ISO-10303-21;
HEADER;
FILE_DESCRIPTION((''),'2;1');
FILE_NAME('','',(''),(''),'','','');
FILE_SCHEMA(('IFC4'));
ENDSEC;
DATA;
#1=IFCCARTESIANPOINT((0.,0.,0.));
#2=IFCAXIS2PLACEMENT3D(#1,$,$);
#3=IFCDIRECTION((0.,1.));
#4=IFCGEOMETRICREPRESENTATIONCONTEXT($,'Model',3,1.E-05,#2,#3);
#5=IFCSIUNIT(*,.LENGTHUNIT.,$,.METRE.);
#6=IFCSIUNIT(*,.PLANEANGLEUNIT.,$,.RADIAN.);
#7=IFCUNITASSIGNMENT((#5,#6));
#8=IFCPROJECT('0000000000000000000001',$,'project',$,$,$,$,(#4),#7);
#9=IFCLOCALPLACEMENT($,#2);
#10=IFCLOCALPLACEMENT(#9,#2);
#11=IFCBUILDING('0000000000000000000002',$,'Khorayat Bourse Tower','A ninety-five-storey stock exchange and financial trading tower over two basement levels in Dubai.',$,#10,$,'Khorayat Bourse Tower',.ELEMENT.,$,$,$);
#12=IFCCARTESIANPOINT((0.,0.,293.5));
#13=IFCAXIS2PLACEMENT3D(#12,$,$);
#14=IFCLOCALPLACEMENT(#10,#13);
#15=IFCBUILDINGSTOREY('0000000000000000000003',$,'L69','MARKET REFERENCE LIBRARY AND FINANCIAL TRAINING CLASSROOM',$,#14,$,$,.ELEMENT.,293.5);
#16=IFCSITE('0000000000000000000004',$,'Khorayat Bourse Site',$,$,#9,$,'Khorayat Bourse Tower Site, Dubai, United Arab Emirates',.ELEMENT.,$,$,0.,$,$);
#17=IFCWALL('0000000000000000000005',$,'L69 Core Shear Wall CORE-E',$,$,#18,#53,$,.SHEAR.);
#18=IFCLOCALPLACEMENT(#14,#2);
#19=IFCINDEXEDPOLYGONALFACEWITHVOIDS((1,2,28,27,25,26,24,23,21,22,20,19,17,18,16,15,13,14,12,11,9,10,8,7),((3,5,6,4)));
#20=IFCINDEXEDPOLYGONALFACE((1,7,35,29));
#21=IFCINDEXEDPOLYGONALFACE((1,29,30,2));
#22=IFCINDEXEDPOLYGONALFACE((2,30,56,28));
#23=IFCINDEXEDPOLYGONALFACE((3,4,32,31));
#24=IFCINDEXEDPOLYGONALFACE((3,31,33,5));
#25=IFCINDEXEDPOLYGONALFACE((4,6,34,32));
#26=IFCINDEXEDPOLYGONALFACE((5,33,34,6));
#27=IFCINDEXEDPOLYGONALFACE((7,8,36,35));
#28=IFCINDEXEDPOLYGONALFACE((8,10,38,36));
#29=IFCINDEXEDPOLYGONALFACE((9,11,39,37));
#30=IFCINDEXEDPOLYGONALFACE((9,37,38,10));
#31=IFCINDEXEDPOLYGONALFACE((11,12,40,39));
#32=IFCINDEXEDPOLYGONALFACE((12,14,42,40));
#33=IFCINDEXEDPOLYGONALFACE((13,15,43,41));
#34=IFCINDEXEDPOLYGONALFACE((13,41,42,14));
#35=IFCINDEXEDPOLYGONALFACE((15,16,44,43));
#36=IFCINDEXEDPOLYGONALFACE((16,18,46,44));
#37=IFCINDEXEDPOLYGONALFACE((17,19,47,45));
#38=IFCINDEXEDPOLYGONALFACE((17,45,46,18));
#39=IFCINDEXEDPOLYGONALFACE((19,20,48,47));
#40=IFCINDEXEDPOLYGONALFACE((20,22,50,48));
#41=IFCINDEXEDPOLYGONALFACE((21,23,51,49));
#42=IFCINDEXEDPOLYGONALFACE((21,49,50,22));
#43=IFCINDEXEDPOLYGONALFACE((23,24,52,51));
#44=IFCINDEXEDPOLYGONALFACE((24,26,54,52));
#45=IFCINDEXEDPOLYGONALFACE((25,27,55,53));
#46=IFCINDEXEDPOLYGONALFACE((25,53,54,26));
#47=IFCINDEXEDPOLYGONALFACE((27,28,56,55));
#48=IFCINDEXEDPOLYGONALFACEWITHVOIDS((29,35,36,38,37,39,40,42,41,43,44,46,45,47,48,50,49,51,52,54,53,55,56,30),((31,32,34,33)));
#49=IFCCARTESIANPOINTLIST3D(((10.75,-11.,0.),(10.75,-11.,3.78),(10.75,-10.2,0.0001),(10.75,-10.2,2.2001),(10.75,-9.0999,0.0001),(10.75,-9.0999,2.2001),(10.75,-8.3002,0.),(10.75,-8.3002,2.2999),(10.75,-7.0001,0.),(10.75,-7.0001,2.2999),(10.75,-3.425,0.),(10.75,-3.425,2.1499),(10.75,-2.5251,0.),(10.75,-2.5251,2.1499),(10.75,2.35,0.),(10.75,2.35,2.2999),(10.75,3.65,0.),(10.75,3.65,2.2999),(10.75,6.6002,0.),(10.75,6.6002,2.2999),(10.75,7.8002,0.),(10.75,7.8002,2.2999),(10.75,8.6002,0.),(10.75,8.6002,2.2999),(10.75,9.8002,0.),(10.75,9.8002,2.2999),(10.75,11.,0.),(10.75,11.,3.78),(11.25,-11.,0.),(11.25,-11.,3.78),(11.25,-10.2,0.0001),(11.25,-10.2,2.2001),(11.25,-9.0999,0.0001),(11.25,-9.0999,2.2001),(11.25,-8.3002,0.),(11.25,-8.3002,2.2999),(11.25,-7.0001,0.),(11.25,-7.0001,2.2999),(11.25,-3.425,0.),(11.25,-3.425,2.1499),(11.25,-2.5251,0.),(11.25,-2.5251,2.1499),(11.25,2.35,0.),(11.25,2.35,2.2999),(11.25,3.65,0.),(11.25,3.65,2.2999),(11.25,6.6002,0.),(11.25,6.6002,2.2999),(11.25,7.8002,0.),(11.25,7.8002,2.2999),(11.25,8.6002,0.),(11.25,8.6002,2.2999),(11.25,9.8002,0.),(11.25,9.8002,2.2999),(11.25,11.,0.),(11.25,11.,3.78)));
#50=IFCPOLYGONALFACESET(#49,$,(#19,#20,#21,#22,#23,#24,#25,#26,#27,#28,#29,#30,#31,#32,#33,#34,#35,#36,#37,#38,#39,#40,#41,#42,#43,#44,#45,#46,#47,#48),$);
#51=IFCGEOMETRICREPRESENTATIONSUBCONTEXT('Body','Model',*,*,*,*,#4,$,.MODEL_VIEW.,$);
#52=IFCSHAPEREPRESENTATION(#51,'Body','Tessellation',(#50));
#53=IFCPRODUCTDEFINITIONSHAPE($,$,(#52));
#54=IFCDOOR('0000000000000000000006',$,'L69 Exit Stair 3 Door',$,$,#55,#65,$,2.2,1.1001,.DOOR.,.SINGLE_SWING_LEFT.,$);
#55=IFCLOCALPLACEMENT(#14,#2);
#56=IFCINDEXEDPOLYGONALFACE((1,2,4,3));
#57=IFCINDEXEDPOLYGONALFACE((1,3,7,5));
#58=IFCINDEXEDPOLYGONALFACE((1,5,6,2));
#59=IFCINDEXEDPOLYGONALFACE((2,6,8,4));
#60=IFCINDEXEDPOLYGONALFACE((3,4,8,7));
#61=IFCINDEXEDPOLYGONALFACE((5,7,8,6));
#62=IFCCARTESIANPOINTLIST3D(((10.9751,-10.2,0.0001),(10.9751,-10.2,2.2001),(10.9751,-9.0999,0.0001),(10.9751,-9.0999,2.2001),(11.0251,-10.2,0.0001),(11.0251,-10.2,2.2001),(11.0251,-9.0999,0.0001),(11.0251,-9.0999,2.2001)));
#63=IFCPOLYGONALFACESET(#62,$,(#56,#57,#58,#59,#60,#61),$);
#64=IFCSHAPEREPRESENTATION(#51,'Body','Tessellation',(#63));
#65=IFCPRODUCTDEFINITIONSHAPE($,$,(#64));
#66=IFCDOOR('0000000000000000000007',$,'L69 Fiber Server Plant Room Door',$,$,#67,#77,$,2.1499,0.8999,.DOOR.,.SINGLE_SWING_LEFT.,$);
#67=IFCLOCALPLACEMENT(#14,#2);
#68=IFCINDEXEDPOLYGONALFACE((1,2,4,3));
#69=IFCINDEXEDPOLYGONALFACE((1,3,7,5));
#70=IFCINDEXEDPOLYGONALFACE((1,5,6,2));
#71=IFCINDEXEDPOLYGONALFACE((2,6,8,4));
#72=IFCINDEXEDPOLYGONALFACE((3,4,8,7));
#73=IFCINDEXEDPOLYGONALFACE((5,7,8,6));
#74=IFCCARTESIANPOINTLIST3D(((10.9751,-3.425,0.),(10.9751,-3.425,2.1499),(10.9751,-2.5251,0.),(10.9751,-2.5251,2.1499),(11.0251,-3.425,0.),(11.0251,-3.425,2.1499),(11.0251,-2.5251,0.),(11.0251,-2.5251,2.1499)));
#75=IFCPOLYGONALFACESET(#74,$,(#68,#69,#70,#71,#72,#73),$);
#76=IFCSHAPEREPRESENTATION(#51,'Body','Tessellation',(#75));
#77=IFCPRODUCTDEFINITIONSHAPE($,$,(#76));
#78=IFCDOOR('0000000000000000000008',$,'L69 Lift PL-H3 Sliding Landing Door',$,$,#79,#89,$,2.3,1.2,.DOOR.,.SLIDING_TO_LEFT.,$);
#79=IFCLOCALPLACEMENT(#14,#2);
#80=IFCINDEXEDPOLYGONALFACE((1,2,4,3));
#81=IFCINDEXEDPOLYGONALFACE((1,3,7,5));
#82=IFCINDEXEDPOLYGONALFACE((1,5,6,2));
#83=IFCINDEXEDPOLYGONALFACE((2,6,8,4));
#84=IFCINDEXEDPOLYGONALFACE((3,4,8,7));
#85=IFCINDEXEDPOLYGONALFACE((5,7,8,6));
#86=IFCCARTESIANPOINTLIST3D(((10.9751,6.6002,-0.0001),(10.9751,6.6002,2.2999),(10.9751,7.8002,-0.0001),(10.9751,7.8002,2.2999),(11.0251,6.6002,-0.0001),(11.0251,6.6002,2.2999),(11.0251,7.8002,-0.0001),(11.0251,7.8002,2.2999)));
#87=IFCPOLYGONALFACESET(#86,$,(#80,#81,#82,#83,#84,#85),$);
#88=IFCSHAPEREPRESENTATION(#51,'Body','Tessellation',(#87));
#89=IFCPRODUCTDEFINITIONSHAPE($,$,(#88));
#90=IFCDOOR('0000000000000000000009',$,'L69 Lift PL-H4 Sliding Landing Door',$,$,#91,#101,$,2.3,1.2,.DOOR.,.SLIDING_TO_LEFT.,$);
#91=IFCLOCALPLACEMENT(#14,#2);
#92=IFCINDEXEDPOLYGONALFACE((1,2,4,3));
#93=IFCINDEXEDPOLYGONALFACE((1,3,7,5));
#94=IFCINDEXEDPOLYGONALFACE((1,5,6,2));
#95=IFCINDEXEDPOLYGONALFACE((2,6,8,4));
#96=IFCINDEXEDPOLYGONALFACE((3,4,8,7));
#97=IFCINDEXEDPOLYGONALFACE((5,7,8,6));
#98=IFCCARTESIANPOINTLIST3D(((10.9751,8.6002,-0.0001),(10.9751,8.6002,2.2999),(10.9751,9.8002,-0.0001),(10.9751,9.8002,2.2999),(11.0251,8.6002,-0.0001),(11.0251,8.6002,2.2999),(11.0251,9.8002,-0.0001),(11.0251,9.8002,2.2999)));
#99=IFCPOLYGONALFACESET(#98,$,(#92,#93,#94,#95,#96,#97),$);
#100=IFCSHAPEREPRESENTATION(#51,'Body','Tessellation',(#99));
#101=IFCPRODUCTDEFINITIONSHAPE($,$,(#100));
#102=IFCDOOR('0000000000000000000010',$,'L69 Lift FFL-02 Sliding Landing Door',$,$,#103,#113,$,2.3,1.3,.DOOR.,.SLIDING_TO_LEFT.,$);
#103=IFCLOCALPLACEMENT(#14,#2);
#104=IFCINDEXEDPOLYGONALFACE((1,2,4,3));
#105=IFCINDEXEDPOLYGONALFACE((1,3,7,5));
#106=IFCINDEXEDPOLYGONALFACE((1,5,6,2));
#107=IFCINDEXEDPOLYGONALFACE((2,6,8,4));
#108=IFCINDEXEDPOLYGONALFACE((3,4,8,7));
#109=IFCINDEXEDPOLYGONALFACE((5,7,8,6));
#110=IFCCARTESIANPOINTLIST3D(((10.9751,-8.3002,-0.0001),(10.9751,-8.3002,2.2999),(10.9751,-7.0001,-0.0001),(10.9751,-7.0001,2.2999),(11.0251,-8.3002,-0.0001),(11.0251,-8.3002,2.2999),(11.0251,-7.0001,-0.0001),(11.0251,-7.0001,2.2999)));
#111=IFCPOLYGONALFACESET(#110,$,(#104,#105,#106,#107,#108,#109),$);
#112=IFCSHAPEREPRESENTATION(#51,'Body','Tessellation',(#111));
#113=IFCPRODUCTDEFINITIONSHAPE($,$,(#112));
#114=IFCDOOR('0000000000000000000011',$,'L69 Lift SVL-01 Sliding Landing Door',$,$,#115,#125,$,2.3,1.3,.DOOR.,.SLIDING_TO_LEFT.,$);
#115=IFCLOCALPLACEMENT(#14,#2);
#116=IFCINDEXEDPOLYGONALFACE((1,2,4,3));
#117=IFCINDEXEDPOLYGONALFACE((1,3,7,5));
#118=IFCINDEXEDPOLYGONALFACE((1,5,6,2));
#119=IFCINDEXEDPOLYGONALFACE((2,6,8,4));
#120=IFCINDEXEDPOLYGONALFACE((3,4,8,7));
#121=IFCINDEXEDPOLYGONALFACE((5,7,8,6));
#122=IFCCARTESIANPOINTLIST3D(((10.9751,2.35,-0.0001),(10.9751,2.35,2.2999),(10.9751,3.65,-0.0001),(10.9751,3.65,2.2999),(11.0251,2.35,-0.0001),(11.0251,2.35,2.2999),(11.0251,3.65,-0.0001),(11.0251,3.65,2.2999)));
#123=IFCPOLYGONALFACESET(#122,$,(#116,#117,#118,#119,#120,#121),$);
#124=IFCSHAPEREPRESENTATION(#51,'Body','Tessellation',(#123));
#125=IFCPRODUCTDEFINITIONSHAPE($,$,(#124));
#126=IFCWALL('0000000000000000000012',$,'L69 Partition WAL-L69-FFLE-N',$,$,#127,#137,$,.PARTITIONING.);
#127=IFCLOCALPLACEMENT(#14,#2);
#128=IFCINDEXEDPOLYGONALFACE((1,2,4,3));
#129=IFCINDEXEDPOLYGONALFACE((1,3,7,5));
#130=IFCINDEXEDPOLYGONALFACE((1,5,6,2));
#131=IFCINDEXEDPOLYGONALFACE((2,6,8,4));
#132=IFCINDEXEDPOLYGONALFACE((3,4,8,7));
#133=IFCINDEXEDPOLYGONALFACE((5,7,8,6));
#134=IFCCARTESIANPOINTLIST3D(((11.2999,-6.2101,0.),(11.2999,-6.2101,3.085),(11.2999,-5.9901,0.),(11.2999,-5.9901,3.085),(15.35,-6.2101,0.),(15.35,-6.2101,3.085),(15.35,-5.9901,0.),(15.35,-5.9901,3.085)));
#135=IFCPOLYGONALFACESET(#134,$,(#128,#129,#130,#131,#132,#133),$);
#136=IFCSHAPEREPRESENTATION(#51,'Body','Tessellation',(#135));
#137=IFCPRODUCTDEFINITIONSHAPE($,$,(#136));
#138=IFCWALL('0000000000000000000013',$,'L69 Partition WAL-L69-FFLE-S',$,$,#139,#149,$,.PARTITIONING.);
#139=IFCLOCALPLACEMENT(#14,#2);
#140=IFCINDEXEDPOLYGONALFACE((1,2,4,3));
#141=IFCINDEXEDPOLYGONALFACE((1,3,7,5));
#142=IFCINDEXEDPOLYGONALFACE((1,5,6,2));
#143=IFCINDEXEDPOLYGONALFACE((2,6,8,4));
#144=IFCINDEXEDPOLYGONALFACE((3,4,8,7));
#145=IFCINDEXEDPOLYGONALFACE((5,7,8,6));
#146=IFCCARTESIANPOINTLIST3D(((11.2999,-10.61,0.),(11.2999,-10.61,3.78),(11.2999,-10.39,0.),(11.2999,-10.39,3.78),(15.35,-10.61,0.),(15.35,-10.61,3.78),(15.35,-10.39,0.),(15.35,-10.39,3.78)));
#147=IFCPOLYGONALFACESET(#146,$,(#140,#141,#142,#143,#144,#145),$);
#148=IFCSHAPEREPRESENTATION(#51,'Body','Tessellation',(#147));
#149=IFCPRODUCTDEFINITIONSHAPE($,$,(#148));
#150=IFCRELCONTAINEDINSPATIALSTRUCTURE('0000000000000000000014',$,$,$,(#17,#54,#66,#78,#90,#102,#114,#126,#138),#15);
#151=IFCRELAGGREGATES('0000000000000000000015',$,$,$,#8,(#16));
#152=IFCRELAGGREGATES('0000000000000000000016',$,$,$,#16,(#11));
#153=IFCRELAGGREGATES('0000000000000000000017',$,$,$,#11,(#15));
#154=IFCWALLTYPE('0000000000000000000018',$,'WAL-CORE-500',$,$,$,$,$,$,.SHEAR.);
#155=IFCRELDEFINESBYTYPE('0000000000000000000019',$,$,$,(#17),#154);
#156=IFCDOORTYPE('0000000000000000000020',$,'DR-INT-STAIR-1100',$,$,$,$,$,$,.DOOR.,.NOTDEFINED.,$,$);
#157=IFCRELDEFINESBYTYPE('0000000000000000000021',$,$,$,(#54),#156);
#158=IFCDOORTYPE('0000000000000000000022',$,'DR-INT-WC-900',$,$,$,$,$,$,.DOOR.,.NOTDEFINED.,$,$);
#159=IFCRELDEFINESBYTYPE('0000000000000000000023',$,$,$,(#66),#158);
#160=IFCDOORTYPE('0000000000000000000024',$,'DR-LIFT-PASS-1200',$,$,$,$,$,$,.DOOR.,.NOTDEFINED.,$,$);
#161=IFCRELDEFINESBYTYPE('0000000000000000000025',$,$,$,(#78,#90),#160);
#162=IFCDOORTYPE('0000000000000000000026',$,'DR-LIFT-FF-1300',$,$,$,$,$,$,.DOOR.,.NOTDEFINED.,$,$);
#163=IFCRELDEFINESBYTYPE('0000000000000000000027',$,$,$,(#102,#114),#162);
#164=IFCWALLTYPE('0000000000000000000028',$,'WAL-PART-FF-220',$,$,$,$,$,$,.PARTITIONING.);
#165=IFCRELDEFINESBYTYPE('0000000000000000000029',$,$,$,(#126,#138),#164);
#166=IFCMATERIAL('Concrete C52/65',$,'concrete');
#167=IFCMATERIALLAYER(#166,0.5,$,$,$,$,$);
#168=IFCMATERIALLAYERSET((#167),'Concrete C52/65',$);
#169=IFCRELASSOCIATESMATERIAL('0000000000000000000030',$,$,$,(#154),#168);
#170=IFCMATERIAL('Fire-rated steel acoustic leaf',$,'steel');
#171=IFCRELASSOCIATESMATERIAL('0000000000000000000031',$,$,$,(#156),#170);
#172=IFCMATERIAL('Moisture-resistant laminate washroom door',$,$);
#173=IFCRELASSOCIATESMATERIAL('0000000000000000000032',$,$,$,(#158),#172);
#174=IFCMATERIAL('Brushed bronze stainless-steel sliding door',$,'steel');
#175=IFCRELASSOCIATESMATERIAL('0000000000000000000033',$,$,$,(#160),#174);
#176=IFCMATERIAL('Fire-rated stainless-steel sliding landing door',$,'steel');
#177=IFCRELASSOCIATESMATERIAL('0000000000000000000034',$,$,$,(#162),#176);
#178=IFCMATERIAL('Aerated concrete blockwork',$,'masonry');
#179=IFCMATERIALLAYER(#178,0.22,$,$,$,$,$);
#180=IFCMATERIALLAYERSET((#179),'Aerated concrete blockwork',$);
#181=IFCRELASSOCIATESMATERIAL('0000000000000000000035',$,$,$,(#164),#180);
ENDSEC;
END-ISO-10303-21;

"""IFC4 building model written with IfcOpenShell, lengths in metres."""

from ifc_helpers import new_model, si_unit, direction, frame, frame_2d, origin, place, context, subcontext, project, spatial, rectangle, extrude, source, transform, mapped, material, layer, layer_set, type_object, element, fill, save


model = new_model("IFC4")

# Units and contexts
model_context = context("Model", 3, precision=1e-05, world=origin(), true_north=direction((0.0, 1.0)))
body_context = subcontext(model_context, "Body", "Model", "MODEL_VIEW")
ifc_project = project(units=[si_unit("LENGTHUNIT", "METRE"), si_unit("PLANEANGLEUNIT", "RADIAN")], contexts=[model_context])

# Site, building, storey
site_placement = place(None, origin())
site = spatial("IfcSite", under=ifc_project, at=site_placement, Name="Khorayat Bourse Site", LongName="Khorayat Bourse Tower Site, Dubai, United Arab Emirates", CompositionType="ELEMENT", RefElevation=0.0)
building_placement = place(site_placement, origin())
building = spatial("IfcBuilding", under=site, at=building_placement, Name="Khorayat Bourse Tower", Description="A ninety-five-storey stock exchange and financial trading tower over two basement levels in Dubai.", LongName="Khorayat Bourse Tower", CompositionType="ELEMENT")
storey_placement = place(building_placement, frame((0.0, 0.0, 293.5)))
storey = spatial("IfcBuildingStorey", under=building, at=storey_placement, Name="L69", Description="MARKET REFERENCE LIBRARY AND FINANCIAL TRAINING CLASSROOM", CompositionType="ELEMENT", Elevation=293.5)

# Shared definitions
ifc_material_1 = material(Name="Concrete C52/65", Category="concrete")

# Wall, openings, doors
ifc_layer_1 = layer(ifc_material_1, 0.5)
ifc_layer_set_1 = layer_set([ifc_layer_1], Name="Concrete C52/65")
wall_type_1 = type_object("IfcWallType", Name="WAL-CORE-500", PredefinedType="SHEAR", material=ifc_layer_set_1)
shared_shape_1 = source(origin(), body_context, "Body", "SweptSolid", [
    extrude(rectangle(XDim=22.0, YDim=0.5, at=frame_2d((11.0, 0.0))), origin(), (0.0, 0.0, 1.0), 3.78),
])
wall_1_placement = place(storey_placement, frame((11.0, -11.0, 0.0), z_axis=(0.0, 0.0, 1.0), x_axis=(0.0, 1.0, 0.0)))
wall_1 = element("IfcWall", 1, at=wall_1_placement, inside=storey, type_object=wall_type_1, Name="L69 Core Shear Wall CORE-E", PredefinedType="SHEAR", context=body_context, shape_type="MappedRepresentation", body=[
    mapped(shared_shape_1, transform((0.0, 0.0, 0.0), scale=1.0)),
])
shared_shape_2 = source(origin(), body_context, "Body", "SweptSolid", [
    extrude(rectangle(XDim=1.1001, YDim=2.2, at=frame_2d((0.55, 1.1001))), frame((0.0, 0.26, 0.0), z_axis=(0.0, -1.0, 0.0), x_axis=(1.0, 0.0, 0.0)), (0.0, 0.0, 1.0), 0.52),
])
opening_1_placement = place(wall_1_placement, frame((0.8, 0.0, 0.0)))
opening_1 = element("IfcOpeningElement", 2, at=opening_1_placement, cuts=wall_1, PredefinedType="OPENING", context=body_context, shape_type="MappedRepresentation", body=[
    mapped(shared_shape_2, transform((0.0, 0.0, 0.0), scale=1.0)),
])
shared_shape_3 = source(origin(), body_context, "Body", "SweptSolid", [
    extrude(rectangle(XDim=0.8999, YDim=2.1499, at=frame_2d((0.45, 1.075))), frame((0.0, 0.26, 0.0), z_axis=(0.0, -1.0, 0.0), x_axis=(1.0, 0.0, 0.0)), (0.0, 0.0, 1.0), 0.52),
])
opening_2_placement = place(wall_1_placement, frame((7.575, 0.0, 0.0)))
opening_2 = element("IfcOpeningElement", 3, at=opening_2_placement, cuts=wall_1, PredefinedType="OPENING", context=body_context, shape_type="MappedRepresentation", body=[
    mapped(shared_shape_3, transform((0.0, 0.0, 0.0), scale=1.0)),
])
shared_shape_4 = source(origin(), body_context, "Body", "SweptSolid", [
    extrude(rectangle(XDim=1.2, YDim=2.3, at=frame_2d((0.6001, 1.1499))), frame((0.0, 0.26, 0.0), z_axis=(0.0, -1.0, 0.0), x_axis=(1.0, 0.0, 0.0)), (0.0, 0.0, 1.0), 0.52),
])
opening_3_placement = place(wall_1_placement, frame((17.6001, 0.0, 0.0)))
opening_3 = element("IfcOpeningElement", 4, at=opening_3_placement, cuts=wall_1, PredefinedType="OPENING", context=body_context, shape_type="MappedRepresentation", body=[
    mapped(shared_shape_4, transform((0.0, 0.0, 0.0), scale=1.0)),
])
opening_4_placement = place(wall_1_placement, frame((19.6001, 0.0, 0.0)))
opening_4 = element("IfcOpeningElement", 5, at=opening_4_placement, cuts=wall_1, PredefinedType="OPENING", context=body_context, shape_type="MappedRepresentation", body=[
    mapped(shared_shape_4, transform((0.0, 0.0, 0.0), scale=1.0)),
])
shared_shape_5 = source(origin(), body_context, "Body", "SweptSolid", [
    extrude(rectangle(XDim=1.3, YDim=2.3, at=frame_2d((0.6499, 1.1499))), frame((0.0, 0.26, 0.0), z_axis=(0.0, -1.0, 0.0), x_axis=(1.0, 0.0, 0.0)), (0.0, 0.0, 1.0), 0.52),
])
opening_5_placement = place(wall_1_placement, frame((2.7, 0.0, 0.0)))
opening_5 = element("IfcOpeningElement", 6, at=opening_5_placement, cuts=wall_1, PredefinedType="OPENING", context=body_context, shape_type="MappedRepresentation", body=[
    mapped(shared_shape_5, transform((0.0, 0.0, 0.0), scale=1.0)),
])
opening_6_placement = place(wall_1_placement, frame((13.3501, 0.0, 0.0)))
opening_6 = element("IfcOpeningElement", 7, at=opening_6_placement, cuts=wall_1, PredefinedType="OPENING", context=body_context, shape_type="MappedRepresentation", body=[
    mapped(shared_shape_5, transform((0.0, 0.0, 0.0), scale=1.0)),
])
ifc_material_2 = material(Name="Fire-rated steel acoustic leaf", Category="steel")
door_type_1 = type_object("IfcDoorType", Name="DR-INT-STAIR-1100", OperationType="NOTDEFINED", PredefinedType="DOOR", material=ifc_material_2)
shared_shape_6 = source(origin(), body_context, "Body", "SweptSolid", [
    extrude(rectangle(XDim=1.1001, YDim=2.2, at=frame_2d((0.55, 1.1001))), frame((0.0, 0.0249, 0.0), z_axis=(0.0, -1.0, 0.0), x_axis=(1.0, 0.0, 0.0)), (0.0, 0.0, 1.0), 0.05),
])
door_1_placement = place(opening_1_placement, origin())
door_1 = element("IfcDoor", 8, at=door_1_placement, inside=storey, type_object=door_type_1, Name="L69 Exit Stair 3 Door", OperationType="SINGLE_SWING_LEFT", OverallHeight=2.2, OverallWidth=1.1001, PredefinedType="DOOR", context=body_context, shape_type="MappedRepresentation", body=[
    mapped(shared_shape_6, transform((0.0, 0.0, 0.0), scale=1.0)),
])
fill(opening_1, door_1)
ifc_material_3 = material(Name="Moisture-resistant laminate washroom door")
door_type_2 = type_object("IfcDoorType", Name="DR-INT-WC-900", OperationType="NOTDEFINED", PredefinedType="DOOR", material=ifc_material_3)
shared_shape_7 = source(origin(), body_context, "Body", "SweptSolid", [
    extrude(rectangle(XDim=0.8999, YDim=2.1499, at=frame_2d((0.45, 1.075))), frame((0.0, 0.0249, 0.0), z_axis=(0.0, -1.0, 0.0), x_axis=(1.0, 0.0, 0.0)), (0.0, 0.0, 1.0), 0.05),
])
door_2_placement = place(opening_2_placement, origin())
door_2 = element("IfcDoor", 9, at=door_2_placement, inside=storey, type_object=door_type_2, Name="L69 Fiber Server Plant Room Door", OperationType="SINGLE_SWING_LEFT", OverallHeight=2.1499, OverallWidth=0.8999, PredefinedType="DOOR", context=body_context, shape_type="MappedRepresentation", body=[
    mapped(shared_shape_7, transform((0.0, 0.0, 0.0), scale=1.0)),
])
fill(opening_2, door_2)
ifc_material_4 = material(Name="Brushed bronze stainless-steel sliding door", Category="steel")
door_type_3 = type_object("IfcDoorType", Name="DR-LIFT-PASS-1200", OperationType="NOTDEFINED", PredefinedType="DOOR", material=ifc_material_4)
shared_shape_8 = source(origin(), body_context, "Body", "SweptSolid", [
    extrude(rectangle(XDim=1.2, YDim=2.3, at=frame_2d((0.6001, 1.1499))), frame((0.0, 0.0249, 0.0), z_axis=(0.0, -1.0, 0.0), x_axis=(1.0, 0.0, 0.0)), (0.0, 0.0, 1.0), 0.05),
])
door_3_placement = place(opening_3_placement, origin())
door_3 = element("IfcDoor", 10, at=door_3_placement, inside=storey, type_object=door_type_3, Name="L69 Lift PL-H3 Sliding Landing Door", OperationType="SLIDING_TO_LEFT", OverallHeight=2.3, OverallWidth=1.2, PredefinedType="DOOR", context=body_context, shape_type="MappedRepresentation", body=[
    mapped(shared_shape_8, transform((0.0, 0.0, 0.0), scale=1.0)),
])
fill(opening_3, door_3)
door_4_placement = place(opening_4_placement, origin())
door_4 = element("IfcDoor", 11, at=door_4_placement, inside=storey, type_object=door_type_3, Name="L69 Lift PL-H4 Sliding Landing Door", OperationType="SLIDING_TO_LEFT", OverallHeight=2.3, OverallWidth=1.2, PredefinedType="DOOR", context=body_context, shape_type="MappedRepresentation", body=[
    mapped(shared_shape_8, transform((0.0, 0.0, 0.0), scale=1.0)),
])
fill(opening_4, door_4)
ifc_material_5 = material(Name="Fire-rated stainless-steel sliding landing door", Category="steel")
door_type_4 = type_object("IfcDoorType", Name="DR-LIFT-FF-1300", OperationType="NOTDEFINED", PredefinedType="DOOR", material=ifc_material_5)
shared_shape_9 = source(origin(), body_context, "Body", "SweptSolid", [
    extrude(rectangle(XDim=1.3, YDim=2.3, at=frame_2d((0.6499, 1.1499))), frame((0.0, 0.0249, 0.0), z_axis=(0.0, -1.0, 0.0), x_axis=(1.0, 0.0, 0.0)), (0.0, 0.0, 1.0), 0.05),
])
door_5_placement = place(opening_5_placement, origin())
door_5 = element("IfcDoor", 12, at=door_5_placement, inside=storey, type_object=door_type_4, Name="L69 Lift FFL-02 Sliding Landing Door", OperationType="SLIDING_TO_LEFT", OverallHeight=2.3, OverallWidth=1.3, PredefinedType="DOOR", context=body_context, shape_type="MappedRepresentation", body=[
    mapped(shared_shape_9, transform((0.0, 0.0, 0.0), scale=1.0)),
])
fill(opening_5, door_5)
door_6_placement = place(opening_6_placement, origin())
door_6 = element("IfcDoor", 13, at=door_6_placement, inside=storey, type_object=door_type_4, Name="L69 Lift SVL-01 Sliding Landing Door", OperationType="SLIDING_TO_LEFT", OverallHeight=2.3, OverallWidth=1.3, PredefinedType="DOOR", context=body_context, shape_type="MappedRepresentation", body=[
    mapped(shared_shape_9, transform((0.0, 0.0, 0.0), scale=1.0)),
])
fill(opening_6, door_6)

# Walls
ifc_material_6 = material(Name="Aerated concrete blockwork", Category="masonry")
ifc_layer_2 = layer(ifc_material_6, 0.22)
ifc_layer_set_2 = layer_set([ifc_layer_2], Name="Aerated concrete blockwork")
wall_type_2 = type_object("IfcWallType", Name="WAL-PART-FF-220", PredefinedType="PARTITIONING", material=ifc_layer_set_2)
shared_shape_10 = source(origin(), body_context, "Body", "SweptSolid", [
    extrude(rectangle(XDim=4.05, YDim=0.22, at=frame_2d((2.0249, 0.0))), origin(), (0.0, 0.0, 1.0), 3.085),
])
wall_2_placement = place(storey_placement, frame((11.3, -6.1001, 0.0), z_axis=(0.0, 0.0, 1.0), x_axis=(1.0, 0.0, 0.0)))
element("IfcWall", 14, at=wall_2_placement, inside=storey, type_object=wall_type_2, Name="L69 Partition WAL-L69-FFLE-N", PredefinedType="PARTITIONING", context=body_context, shape_type="MappedRepresentation", body=[
    mapped(shared_shape_10, transform((0.0, 0.0, 0.0), scale=1.0)),
])
shared_shape_11 = source(origin(), body_context, "Body", "SweptSolid", [
    extrude(rectangle(XDim=4.05, YDim=0.22, at=frame_2d((2.0249, 0.0))), origin(), (0.0, 0.0, 1.0), 3.78),
])
wall_3_placement = place(storey_placement, frame((11.3, -10.5, 0.0), z_axis=(0.0, 0.0, 1.0), x_axis=(1.0, 0.0, 0.0)))
element("IfcWall", 15, at=wall_3_placement, inside=storey, type_object=wall_type_2, Name="L69 Partition WAL-L69-FFLE-S", PredefinedType="PARTITIONING", context=body_context, shape_type="MappedRepresentation", body=[
    mapped(shared_shape_11, transform((0.0, 0.0, 0.0), scale=1.0)),
])

save(model, "model.ifc")
